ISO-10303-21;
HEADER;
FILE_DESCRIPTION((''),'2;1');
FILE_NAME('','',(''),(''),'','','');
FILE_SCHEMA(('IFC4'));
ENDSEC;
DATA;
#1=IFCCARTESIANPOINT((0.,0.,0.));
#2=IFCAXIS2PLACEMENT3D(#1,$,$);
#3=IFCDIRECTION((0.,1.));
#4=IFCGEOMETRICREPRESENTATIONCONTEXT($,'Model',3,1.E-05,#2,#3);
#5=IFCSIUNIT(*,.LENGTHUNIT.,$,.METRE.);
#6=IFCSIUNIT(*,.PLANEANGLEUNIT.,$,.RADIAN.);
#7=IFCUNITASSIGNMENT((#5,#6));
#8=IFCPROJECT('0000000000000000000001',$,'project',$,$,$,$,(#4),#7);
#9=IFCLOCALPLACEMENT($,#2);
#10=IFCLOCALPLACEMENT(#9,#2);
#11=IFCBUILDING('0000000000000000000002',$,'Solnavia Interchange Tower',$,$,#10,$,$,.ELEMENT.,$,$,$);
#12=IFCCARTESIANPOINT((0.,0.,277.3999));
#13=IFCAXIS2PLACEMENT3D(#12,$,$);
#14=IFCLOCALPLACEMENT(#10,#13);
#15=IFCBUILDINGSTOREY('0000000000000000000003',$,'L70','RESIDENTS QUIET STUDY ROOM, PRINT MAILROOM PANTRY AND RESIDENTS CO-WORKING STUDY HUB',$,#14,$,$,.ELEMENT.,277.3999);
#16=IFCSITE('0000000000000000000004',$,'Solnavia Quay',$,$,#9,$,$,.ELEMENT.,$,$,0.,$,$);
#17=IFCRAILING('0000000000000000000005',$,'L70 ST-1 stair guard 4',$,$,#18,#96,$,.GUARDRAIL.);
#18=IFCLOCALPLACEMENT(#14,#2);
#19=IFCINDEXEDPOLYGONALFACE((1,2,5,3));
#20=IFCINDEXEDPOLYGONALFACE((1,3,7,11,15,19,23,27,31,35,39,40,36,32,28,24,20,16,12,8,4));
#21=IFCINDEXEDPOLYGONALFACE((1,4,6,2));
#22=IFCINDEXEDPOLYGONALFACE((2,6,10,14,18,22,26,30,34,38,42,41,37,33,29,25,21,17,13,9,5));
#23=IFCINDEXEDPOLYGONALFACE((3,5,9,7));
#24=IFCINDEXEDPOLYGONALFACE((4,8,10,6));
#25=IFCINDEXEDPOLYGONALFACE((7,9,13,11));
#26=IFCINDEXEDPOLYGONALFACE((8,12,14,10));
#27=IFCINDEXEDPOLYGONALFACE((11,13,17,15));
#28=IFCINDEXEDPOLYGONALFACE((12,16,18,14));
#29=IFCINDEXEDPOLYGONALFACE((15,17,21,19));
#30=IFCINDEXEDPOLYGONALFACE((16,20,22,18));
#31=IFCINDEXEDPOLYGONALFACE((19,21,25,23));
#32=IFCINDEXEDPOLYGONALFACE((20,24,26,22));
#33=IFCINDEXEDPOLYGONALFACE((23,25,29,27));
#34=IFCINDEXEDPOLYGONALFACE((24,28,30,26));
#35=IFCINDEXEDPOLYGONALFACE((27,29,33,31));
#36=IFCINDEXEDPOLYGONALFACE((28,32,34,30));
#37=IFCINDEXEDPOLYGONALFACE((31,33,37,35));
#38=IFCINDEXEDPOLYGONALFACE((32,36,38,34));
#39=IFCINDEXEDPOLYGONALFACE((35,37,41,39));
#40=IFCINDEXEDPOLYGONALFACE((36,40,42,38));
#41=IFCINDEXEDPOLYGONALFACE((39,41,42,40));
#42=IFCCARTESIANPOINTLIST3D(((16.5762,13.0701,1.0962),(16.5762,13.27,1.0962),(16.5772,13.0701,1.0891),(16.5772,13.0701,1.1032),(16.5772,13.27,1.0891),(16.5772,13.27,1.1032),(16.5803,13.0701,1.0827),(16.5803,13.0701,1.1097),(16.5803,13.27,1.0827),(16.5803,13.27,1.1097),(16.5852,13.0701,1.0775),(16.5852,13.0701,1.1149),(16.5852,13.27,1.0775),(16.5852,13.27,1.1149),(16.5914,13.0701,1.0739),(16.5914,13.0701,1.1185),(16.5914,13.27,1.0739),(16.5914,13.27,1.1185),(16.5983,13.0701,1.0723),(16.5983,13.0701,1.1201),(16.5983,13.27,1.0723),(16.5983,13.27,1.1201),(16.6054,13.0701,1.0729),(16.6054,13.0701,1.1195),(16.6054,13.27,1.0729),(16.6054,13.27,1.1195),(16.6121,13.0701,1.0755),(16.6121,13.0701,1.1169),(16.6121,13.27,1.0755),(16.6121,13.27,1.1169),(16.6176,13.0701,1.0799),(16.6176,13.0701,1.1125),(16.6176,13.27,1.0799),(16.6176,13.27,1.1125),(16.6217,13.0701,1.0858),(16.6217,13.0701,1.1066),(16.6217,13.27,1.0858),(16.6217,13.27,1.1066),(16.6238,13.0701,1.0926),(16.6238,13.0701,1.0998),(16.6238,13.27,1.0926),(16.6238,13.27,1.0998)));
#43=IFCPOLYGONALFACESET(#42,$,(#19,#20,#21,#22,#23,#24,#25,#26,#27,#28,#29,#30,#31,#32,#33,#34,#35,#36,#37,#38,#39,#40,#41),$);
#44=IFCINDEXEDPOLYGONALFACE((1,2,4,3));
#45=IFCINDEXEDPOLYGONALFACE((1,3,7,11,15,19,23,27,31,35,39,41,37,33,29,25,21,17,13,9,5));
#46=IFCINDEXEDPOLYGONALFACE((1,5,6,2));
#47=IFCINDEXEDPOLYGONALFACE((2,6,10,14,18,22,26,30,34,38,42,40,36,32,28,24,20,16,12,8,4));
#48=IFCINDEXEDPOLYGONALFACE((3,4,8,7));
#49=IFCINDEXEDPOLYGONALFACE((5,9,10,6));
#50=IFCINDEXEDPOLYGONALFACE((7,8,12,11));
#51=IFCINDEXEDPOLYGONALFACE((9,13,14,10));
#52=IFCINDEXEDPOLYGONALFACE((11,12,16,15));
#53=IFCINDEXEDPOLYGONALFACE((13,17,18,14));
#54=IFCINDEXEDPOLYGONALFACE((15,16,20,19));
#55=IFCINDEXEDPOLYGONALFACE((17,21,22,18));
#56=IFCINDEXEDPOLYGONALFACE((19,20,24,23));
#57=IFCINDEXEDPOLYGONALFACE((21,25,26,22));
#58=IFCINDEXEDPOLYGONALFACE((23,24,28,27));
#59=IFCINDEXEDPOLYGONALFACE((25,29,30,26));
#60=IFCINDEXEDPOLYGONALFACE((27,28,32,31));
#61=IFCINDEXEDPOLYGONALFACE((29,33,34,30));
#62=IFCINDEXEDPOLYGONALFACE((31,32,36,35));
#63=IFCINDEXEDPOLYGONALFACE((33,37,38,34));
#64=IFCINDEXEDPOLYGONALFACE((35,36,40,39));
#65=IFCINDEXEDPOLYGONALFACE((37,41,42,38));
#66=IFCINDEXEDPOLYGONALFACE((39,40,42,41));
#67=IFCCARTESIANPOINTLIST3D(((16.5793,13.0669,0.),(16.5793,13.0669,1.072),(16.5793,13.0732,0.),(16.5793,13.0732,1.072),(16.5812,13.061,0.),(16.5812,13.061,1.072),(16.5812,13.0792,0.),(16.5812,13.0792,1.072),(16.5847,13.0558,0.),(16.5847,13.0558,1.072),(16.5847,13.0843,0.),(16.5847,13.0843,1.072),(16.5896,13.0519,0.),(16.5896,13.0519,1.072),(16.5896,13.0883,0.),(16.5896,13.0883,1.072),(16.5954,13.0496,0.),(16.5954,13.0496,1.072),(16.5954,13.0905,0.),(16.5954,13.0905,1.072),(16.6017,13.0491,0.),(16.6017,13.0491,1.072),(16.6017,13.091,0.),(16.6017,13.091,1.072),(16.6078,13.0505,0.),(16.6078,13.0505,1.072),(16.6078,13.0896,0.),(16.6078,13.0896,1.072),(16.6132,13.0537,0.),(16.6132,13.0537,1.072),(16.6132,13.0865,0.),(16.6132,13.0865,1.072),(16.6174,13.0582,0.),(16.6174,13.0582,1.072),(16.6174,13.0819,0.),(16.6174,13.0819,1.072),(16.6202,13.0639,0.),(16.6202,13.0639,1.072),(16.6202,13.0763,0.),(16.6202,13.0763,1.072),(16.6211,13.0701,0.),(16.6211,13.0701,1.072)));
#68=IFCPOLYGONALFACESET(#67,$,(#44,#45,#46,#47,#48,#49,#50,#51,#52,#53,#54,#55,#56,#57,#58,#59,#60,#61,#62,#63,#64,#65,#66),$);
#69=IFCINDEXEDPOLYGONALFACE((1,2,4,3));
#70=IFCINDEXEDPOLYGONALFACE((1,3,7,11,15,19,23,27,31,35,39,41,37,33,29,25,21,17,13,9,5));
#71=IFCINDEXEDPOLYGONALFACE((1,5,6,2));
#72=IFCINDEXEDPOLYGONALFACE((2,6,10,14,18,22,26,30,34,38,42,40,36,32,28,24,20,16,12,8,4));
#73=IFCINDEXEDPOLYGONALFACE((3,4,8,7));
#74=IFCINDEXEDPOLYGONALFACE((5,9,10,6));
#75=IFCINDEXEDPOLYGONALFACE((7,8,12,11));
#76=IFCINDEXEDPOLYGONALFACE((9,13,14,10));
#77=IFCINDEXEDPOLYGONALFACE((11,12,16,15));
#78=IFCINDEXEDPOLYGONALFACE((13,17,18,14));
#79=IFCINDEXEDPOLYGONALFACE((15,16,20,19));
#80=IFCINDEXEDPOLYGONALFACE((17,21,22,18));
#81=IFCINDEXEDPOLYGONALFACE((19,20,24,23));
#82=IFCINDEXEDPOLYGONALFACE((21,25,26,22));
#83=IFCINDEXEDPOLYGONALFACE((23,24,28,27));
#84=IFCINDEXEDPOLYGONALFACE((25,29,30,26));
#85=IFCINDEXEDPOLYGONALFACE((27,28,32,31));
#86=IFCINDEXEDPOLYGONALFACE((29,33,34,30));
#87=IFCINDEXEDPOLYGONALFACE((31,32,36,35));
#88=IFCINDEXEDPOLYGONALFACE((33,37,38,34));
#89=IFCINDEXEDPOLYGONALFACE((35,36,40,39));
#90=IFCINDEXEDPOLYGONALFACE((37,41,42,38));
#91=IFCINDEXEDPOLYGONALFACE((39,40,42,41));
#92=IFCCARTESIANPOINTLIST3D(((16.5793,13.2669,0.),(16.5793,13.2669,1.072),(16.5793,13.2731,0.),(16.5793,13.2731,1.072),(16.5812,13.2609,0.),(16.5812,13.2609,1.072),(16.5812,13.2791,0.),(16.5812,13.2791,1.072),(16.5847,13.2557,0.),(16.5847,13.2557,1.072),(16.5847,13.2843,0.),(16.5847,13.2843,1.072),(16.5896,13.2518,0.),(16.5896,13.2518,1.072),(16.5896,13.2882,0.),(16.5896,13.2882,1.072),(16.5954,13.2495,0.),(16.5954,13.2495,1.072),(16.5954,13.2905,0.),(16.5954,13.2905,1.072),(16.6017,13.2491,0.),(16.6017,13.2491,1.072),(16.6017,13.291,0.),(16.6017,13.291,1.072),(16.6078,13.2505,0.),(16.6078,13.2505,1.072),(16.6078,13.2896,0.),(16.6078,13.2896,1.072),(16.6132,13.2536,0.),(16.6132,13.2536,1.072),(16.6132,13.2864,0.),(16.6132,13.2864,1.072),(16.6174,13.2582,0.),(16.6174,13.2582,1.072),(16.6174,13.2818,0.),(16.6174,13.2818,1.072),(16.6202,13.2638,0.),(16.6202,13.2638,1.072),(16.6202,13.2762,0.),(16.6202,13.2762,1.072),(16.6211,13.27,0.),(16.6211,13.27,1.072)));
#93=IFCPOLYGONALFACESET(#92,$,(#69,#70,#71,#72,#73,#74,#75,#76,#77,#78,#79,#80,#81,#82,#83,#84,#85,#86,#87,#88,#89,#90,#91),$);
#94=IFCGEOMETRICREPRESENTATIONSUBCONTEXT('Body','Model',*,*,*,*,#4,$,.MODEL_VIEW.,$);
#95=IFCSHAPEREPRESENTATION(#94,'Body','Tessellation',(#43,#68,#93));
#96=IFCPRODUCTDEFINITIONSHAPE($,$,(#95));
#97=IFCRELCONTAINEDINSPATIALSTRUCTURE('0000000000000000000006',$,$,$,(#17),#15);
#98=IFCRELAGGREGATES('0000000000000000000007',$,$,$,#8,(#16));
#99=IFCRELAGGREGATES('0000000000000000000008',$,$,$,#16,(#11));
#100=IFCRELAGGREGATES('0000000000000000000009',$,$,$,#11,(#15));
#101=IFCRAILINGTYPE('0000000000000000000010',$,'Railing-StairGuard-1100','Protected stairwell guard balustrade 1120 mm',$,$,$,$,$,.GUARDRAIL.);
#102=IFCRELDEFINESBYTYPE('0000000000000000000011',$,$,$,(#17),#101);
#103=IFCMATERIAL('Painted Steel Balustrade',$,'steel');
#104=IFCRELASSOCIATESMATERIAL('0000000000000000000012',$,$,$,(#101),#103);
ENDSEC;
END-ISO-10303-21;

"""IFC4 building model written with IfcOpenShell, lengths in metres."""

from ifc_helpers import new_model, si_unit, direction, frame, origin, origin_2d, place, context, subcontext, project, spatial, circle, extrude, material, type_object, element, save


model = new_model("IFC4")

# Units and contexts
model_context = context("Model", 3, precision=1e-05, world=origin(), true_north=direction((0.0, 1.0)))
body_context = subcontext(model_context, "Body", "Model", "MODEL_VIEW")
ifc_project = project(units=[si_unit("LENGTHUNIT", "METRE"), si_unit("PLANEANGLEUNIT", "RADIAN")], contexts=[model_context])

# Site, building, storey
site_placement = place(None, origin())
site = spatial("IfcSite", under=ifc_project, at=site_placement, Name="Solnavia Quay", CompositionType="ELEMENT", RefElevation=0.0)
building_placement = place(site_placement, origin())
building = spatial("IfcBuilding", under=site, at=building_placement, Name="Solnavia Interchange Tower", CompositionType="ELEMENT")
storey_placement = place(building_placement, frame((0.0, 0.0, 277.3999)))
storey = spatial("IfcBuildingStorey", under=building, at=storey_placement, Name="L70", Description="RESIDENTS QUIET STUDY ROOM, PRINT MAILROOM PANTRY AND RESIDENTS CO-WORKING STUDY HUB", CompositionType="ELEMENT", Elevation=277.3999)

# Railing
ifc_material_1 = material(Name="Painted Steel Balustrade", Category="steel")
railing_type_1 = type_object("IfcRailingType", Name="Railing-StairGuard-1100", Description="Protected stairwell guard balustrade 1120 mm", PredefinedType="GUARDRAIL", material=ifc_material_1)
railing_1_placement = place(storey_placement, frame((16.6001, 13.0701, 0.0)))
element("IfcRailing", 1, at=railing_1_placement, inside=storey, type_object=railing_type_1, Name="L70 ST-1 stair guard 4", PredefinedType="GUARDRAIL", context=body_context, shape_type="SweptSolid", body=[
    extrude(circle(Radius=0.0239, at=origin_2d()), frame((0.0, 0.0, 1.0962), z_axis=(0.0, 1.0, 0.0), x_axis=(-1.0, 0.0, 0.0)), (0.0, 0.0, 1.0), 0.2),
    extrude(circle(Radius=0.021, at=origin_2d()), origin(), (0.0, 0.0, 1.0), 1.072),
    extrude(circle(Radius=0.021, at=origin_2d()), frame((0.0, 0.2, 0.0)), (0.0, 0.0, 1.0), 1.072),
])

save(model, "model.ifc")
